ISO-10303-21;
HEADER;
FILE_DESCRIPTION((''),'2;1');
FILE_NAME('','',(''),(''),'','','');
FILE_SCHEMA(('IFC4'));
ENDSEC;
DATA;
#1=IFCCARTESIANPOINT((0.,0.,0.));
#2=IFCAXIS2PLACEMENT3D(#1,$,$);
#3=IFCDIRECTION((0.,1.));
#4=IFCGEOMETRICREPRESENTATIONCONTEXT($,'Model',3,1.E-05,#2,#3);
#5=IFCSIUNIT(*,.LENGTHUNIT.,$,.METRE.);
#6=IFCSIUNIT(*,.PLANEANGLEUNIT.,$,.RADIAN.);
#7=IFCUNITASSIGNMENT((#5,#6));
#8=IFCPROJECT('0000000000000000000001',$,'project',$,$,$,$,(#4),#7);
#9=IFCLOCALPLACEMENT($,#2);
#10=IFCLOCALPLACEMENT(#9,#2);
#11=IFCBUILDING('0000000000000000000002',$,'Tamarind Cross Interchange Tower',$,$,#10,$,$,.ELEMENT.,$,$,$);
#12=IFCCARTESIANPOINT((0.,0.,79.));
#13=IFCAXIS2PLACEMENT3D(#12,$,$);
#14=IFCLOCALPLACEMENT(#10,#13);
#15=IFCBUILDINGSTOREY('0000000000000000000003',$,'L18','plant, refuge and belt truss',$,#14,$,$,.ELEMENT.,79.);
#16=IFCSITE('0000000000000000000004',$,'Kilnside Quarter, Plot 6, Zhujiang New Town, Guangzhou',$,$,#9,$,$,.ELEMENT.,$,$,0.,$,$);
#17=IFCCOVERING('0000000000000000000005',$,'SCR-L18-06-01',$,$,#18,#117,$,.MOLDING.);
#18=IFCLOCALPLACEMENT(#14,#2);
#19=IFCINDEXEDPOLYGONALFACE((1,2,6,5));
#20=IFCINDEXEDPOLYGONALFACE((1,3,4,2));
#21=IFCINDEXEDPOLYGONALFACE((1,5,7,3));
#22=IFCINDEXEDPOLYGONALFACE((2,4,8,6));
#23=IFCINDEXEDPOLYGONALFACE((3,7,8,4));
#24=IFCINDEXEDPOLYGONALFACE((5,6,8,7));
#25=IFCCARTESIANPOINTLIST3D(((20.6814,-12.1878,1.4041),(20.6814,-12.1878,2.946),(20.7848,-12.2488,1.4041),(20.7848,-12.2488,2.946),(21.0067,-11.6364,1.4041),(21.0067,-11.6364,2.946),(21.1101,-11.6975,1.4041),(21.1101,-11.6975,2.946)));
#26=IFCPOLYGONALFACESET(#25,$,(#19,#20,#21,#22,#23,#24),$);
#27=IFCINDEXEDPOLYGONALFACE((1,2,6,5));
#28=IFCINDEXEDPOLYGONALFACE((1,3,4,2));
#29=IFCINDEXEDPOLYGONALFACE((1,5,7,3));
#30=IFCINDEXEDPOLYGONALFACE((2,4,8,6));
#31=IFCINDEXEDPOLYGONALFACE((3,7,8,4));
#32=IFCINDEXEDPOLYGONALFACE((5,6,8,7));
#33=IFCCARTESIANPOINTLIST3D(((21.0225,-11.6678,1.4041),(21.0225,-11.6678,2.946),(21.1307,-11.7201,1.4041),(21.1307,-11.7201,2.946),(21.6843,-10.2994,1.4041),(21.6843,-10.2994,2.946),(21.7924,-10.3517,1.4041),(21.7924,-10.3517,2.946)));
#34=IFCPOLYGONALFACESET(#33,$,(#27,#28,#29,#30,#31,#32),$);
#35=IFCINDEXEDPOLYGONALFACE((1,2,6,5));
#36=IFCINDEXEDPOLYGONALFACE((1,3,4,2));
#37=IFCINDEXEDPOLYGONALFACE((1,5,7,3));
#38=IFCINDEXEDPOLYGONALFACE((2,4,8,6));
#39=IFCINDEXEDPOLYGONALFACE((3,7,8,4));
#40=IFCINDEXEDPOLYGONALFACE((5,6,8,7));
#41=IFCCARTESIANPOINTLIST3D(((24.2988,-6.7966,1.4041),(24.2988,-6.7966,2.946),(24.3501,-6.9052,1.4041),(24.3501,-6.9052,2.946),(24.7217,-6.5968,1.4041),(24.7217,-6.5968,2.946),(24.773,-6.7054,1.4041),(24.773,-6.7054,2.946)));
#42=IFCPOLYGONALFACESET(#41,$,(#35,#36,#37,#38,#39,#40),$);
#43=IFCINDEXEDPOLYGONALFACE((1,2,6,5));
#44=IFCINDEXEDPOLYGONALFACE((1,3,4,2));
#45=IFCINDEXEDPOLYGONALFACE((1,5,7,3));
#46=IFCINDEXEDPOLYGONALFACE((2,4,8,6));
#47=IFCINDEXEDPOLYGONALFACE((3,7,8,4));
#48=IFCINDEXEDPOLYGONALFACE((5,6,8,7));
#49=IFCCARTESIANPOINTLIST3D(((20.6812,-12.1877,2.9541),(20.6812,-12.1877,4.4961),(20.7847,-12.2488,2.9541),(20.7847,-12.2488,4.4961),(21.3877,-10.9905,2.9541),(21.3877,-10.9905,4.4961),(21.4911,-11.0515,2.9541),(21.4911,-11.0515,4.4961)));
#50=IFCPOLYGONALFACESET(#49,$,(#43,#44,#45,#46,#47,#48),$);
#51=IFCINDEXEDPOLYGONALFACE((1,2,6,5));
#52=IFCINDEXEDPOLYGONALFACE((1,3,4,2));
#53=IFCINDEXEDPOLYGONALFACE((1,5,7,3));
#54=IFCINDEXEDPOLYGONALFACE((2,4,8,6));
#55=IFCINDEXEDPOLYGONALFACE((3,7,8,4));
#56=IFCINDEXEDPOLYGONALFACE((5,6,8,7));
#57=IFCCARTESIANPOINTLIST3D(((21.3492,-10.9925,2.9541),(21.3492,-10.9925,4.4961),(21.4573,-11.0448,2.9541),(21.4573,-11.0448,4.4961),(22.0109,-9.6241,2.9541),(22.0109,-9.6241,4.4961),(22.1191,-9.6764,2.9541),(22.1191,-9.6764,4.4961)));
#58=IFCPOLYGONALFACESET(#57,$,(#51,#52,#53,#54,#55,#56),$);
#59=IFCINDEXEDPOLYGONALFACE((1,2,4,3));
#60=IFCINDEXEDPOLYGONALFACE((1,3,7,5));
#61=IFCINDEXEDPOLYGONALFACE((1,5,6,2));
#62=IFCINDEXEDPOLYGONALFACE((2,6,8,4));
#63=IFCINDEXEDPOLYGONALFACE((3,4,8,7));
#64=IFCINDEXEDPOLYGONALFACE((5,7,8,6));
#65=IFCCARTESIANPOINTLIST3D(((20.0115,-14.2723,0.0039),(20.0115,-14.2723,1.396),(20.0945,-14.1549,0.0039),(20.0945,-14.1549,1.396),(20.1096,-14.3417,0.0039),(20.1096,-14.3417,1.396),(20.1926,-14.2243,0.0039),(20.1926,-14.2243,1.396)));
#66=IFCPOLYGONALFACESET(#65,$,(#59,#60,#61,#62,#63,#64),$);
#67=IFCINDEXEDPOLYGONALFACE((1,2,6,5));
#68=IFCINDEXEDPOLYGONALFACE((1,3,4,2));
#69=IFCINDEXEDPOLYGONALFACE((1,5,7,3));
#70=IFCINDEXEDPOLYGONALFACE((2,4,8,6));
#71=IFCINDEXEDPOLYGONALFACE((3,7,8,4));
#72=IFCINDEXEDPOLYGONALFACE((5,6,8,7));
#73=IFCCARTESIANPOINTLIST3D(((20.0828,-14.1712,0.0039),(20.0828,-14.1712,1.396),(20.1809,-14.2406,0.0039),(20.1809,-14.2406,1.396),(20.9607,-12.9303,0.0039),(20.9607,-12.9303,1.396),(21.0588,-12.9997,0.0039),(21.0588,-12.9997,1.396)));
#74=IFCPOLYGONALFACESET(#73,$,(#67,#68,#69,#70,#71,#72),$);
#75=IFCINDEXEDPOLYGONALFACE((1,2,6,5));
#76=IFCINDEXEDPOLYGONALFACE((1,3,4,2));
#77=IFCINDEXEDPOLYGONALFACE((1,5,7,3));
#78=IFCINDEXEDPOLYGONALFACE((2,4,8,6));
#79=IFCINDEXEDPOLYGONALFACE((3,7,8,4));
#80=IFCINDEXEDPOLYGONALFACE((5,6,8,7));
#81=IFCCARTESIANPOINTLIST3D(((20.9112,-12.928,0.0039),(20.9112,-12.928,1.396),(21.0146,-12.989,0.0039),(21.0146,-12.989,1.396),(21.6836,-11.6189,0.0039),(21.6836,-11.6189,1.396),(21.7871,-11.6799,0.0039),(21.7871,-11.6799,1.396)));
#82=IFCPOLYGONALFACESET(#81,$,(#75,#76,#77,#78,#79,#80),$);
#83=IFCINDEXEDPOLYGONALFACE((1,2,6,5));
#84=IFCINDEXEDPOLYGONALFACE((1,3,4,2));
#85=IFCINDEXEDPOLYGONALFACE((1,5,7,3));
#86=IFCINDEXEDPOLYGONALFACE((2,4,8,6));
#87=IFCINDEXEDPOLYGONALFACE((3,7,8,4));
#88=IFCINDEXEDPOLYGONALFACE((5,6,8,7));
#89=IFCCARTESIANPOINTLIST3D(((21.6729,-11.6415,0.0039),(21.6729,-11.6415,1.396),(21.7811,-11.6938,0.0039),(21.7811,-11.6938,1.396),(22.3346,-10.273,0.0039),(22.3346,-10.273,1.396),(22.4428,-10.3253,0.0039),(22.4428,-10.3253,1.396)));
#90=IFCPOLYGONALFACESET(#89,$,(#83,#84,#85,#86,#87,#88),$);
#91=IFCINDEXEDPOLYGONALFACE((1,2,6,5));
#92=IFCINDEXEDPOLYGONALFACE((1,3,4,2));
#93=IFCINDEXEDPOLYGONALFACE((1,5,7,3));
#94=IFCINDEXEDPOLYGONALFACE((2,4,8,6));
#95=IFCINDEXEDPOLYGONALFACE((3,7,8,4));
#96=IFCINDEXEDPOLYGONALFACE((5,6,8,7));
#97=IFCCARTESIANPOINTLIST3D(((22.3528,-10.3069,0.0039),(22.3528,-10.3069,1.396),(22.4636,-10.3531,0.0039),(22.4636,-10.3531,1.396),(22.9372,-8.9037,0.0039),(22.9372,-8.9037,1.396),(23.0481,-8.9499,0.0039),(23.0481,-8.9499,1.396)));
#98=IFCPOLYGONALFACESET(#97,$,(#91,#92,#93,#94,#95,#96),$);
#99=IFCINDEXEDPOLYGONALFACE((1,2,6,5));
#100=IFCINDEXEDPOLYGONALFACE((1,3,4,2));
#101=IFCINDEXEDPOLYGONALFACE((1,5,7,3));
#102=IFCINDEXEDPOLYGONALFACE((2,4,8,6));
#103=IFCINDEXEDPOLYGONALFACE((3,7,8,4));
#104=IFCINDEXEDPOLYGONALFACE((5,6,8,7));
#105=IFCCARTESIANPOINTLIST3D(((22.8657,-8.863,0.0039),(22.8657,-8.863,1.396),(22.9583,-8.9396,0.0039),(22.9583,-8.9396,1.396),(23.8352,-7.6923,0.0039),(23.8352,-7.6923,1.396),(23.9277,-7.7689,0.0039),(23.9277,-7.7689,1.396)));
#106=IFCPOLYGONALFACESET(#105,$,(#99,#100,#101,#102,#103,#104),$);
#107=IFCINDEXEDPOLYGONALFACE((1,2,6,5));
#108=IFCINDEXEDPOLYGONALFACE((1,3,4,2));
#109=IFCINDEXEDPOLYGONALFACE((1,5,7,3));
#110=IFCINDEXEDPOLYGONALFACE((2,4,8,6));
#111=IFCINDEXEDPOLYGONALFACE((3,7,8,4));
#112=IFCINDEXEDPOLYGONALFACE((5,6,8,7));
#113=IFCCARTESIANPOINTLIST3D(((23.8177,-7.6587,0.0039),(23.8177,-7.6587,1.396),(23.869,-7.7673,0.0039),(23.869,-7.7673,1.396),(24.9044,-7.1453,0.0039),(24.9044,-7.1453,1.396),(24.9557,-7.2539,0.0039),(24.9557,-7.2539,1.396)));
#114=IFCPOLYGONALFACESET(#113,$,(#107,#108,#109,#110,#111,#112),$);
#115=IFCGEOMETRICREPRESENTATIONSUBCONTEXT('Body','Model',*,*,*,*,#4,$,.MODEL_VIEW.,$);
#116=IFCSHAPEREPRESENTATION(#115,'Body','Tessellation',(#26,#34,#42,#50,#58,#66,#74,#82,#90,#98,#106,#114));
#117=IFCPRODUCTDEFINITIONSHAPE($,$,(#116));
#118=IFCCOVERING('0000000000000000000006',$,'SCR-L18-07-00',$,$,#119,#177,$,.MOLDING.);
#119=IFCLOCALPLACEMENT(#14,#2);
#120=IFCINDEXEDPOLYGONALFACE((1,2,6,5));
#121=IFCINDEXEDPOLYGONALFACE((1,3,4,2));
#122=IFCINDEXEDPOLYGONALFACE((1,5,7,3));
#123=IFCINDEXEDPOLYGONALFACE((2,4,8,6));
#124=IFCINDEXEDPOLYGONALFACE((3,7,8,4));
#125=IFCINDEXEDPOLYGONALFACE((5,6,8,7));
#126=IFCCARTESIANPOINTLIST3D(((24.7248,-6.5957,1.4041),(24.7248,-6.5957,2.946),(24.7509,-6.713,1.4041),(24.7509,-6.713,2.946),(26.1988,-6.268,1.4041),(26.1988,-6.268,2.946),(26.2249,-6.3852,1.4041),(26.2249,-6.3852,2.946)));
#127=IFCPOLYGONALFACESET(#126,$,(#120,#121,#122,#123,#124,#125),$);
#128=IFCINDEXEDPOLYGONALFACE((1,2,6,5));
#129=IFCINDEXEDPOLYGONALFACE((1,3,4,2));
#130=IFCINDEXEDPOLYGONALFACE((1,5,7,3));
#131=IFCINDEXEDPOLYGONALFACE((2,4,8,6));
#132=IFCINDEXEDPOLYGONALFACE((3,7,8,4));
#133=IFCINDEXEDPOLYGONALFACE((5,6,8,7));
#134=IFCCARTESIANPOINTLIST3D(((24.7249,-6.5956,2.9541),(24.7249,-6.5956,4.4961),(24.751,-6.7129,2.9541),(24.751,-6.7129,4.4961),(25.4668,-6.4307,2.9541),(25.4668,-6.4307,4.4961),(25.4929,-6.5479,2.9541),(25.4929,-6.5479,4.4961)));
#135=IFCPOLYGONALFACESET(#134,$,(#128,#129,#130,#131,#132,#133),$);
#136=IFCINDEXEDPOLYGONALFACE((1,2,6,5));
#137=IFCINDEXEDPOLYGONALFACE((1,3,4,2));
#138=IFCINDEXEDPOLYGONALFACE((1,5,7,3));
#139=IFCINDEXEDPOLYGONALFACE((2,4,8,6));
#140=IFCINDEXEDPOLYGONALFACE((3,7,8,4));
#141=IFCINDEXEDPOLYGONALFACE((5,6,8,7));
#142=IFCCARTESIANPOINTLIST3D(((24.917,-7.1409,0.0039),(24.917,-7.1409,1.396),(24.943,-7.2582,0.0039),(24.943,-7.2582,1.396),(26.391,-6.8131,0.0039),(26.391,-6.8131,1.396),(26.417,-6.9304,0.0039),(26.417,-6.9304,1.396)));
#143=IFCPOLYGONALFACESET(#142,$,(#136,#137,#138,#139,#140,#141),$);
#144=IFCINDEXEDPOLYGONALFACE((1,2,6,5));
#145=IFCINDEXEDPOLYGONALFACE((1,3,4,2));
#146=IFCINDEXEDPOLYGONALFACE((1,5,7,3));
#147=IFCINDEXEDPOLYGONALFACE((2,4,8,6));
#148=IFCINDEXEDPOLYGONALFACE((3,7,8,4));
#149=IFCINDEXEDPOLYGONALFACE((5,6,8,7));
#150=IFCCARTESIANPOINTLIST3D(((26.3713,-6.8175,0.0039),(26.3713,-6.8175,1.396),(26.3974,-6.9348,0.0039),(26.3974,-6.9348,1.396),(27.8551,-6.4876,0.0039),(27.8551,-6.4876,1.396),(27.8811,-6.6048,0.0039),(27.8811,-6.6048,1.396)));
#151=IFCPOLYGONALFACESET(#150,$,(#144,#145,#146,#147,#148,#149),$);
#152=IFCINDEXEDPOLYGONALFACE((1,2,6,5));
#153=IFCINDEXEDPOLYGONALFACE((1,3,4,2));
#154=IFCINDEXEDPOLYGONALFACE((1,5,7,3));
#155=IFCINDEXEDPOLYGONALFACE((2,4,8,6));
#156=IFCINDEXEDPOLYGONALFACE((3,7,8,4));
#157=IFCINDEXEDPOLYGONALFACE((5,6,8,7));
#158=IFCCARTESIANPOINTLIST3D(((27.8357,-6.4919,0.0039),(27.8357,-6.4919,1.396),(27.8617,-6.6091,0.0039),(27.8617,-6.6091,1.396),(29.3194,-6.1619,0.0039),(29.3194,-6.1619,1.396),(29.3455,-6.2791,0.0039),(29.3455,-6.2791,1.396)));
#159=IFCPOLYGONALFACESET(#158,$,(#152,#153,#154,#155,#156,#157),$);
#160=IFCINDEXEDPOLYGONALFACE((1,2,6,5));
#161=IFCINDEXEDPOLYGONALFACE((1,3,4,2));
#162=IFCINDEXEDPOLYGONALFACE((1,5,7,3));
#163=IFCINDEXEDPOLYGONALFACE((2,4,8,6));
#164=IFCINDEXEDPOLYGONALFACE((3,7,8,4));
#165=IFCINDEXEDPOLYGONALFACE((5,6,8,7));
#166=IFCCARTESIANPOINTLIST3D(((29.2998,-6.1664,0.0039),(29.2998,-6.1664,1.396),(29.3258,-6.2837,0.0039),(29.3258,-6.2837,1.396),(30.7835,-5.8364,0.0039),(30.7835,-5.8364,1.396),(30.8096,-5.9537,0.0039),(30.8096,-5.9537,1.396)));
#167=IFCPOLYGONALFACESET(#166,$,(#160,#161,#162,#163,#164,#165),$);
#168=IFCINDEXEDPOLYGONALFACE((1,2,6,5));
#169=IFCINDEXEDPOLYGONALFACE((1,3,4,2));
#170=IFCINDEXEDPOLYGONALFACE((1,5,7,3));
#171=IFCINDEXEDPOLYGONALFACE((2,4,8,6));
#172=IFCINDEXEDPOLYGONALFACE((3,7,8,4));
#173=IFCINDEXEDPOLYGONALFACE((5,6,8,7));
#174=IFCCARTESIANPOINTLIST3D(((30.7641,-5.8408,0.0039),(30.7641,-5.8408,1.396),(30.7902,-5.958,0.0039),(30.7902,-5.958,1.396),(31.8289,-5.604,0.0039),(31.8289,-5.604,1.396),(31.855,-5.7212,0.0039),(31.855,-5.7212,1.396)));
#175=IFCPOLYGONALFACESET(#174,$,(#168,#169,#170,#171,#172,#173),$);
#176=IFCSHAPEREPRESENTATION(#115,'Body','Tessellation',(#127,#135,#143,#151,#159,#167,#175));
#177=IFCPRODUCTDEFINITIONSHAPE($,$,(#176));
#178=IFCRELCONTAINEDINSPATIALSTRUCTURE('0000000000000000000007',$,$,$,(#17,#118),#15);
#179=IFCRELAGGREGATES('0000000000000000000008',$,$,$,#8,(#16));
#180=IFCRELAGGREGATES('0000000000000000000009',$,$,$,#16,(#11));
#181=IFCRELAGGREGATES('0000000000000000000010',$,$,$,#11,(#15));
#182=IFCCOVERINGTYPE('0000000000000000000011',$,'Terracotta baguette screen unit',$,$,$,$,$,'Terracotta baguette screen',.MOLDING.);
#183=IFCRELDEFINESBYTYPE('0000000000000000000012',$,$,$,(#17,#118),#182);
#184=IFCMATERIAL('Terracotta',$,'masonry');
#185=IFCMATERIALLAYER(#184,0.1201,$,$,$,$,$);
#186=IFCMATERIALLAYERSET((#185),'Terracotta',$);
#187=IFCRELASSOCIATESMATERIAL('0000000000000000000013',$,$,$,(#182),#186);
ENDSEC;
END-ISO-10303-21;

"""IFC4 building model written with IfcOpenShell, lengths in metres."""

from ifc_helpers import new_model, si_unit, direction, frame, origin, origin_2d, place, context, subcontext, project, spatial, rectangle, extrude, material, layer, layer_set, type_object, element, save


model = new_model("IFC4")

# Units and contexts
model_context = context("Model", 3, precision=1e-05, world=origin(), true_north=direction((0.0, 1.0)))
body_context = subcontext(model_context, "Body", "Model", "MODEL_VIEW")
ifc_project = project(units=[si_unit("LENGTHUNIT", "METRE"), si_unit("PLANEANGLEUNIT", "RADIAN")], contexts=[model_context])

# Site, building, storey
site_placement = place(None, origin())
site = spatial("IfcSite", under=ifc_project, at=site_placement, Name="Kilnside Quarter, Plot 6, Zhujiang New Town, Guangzhou", CompositionType="ELEMENT", RefElevation=0.0)
building_placement = place(site_placement, origin())
building = spatial("IfcBuilding", under=site, at=building_placement, Name="Tamarind Cross Interchange Tower", CompositionType="ELEMENT")
storey_placement = place(building_placement, frame((0.0, 0.0, 79.0)))
storey = spatial("IfcBuildingStorey", under=building, at=storey_placement, Name="L18", Description="plant, refuge and belt truss", CompositionType="ELEMENT", Elevation=79.0)

# Coverings
ifc_material_1 = material(Name="Terracotta", Category="masonry")
ifc_layer_1 = layer(ifc_material_1, 0.1201)
ifc_layer_set_1 = layer_set([ifc_layer_1], Name="Terracotta")
covering_type = type_object("IfcCoveringType", Name="Terracotta baguette screen unit", ElementType="Terracotta baguette screen", PredefinedType="MOLDING", material=ifc_layer_set_1)
covering_1_placement = place(storey_placement, origin())
element("IfcCovering", 1, at=covering_1_placement, inside=storey, type_object=covering_type, Name="SCR-L18-06-01", PredefinedType="MOLDING", context=body_context, shape_type="SweptSolid", body=[
    extrude(rectangle(XDim=0.6401, YDim=0.1201, at=origin_2d()), frame((20.8958, -11.9426, 1.4041), z_axis=(0.0, 0.0, 1.0), x_axis=(0.508183, 0.861249, 0.0)), (0.0, 0.0, 1.0), 1.542),
    extrude(rectangle(XDim=1.52, YDim=0.1201, at=origin_2d()), frame((21.4075, -11.0098, 1.4041), z_axis=(0.0, 0.0, 1.0), x_axis=(0.435326, 0.900273, 0.0)), (0.0, 0.0, 1.0), 1.542),
    extrude(rectangle(XDim=0.4678, YDim=0.1201, at=origin_2d()), frame((24.5359, -6.751, 1.4041), z_axis=(0.0, 0.0, 1.0), x_axis=(0.904149, 0.427217, 0.0)), (0.0, 0.0, 1.0), 1.542),
    extrude(rectangle(XDim=1.3901, YDim=0.1201, at=origin_2d()), frame((21.0862, -11.6196, 2.9541), z_axis=(0.0, 0.0, 1.0), x_axis=(0.508183, 0.861249, 0.0)), (0.0, 0.0, 1.0), 1.542),
    extrude(rectangle(XDim=1.52, YDim=0.1201, at=origin_2d()), frame((21.7341, -10.3345, 2.9541), z_axis=(0.0, 0.0, 1.0), x_axis=(0.435326, 0.900273, 0.0)), (0.0, 0.0, 1.0), 1.542),
    extrude(rectangle(XDim=0.1438, YDim=0.1201, at=origin_2d()), frame((20.1021, -14.2483, 0.0039), z_axis=(0.0, 0.0, 1.0), x_axis=(0.577569, 0.816342, 0.0)), (0.0, 0.0, 1.0), 1.3921),
    extrude(rectangle(XDim=1.52, YDim=0.1201, at=origin_2d()), frame((20.5708, -13.5854, 0.0039), z_axis=(0.0, 0.0, 1.0), x_axis=(0.577569, 0.816342, 0.0)), (0.0, 0.0, 1.0), 1.3921),
    extrude(rectangle(XDim=1.52, YDim=0.1201, at=origin_2d()), frame((21.3491, -12.304, 0.0039), z_axis=(0.0, 0.0, 1.0), x_axis=(0.508183, 0.861249, 0.0)), (0.0, 0.0, 1.0), 1.3921),
    extrude(rectangle(XDim=1.52, YDim=0.1201, at=origin_2d()), frame((22.0579, -10.9834, 0.0039), z_axis=(0.0, 0.0, 1.0), x_axis=(0.435326, 0.900273, 0.0)), (0.0, 0.0, 1.0), 1.3921),
    extrude(rectangle(XDim=1.52, YDim=0.1201, at=origin_2d()), frame((22.7004, -9.6284, 0.0039), z_axis=(0.0, 0.0, 1.0), x_axis=(0.384517, 0.923118, 0.0)), (0.0, 0.0, 1.0), 1.3921),
    extrude(rectangle(XDim=1.52, YDim=0.1201, at=origin_2d()), frame((23.3967, -8.3159, 0.0039), z_axis=(0.0, 0.0, 1.0), x_axis=(0.637801, 0.770201, 0.0)), (0.0, 0.0, 1.0), 1.3921),
    extrude(rectangle(XDim=1.2019, YDim=0.1201, at=origin_2d()), frame((24.3867, -7.4563, 0.0039), z_axis=(0.0, 0.0, 1.0), x_axis=(0.904149, 0.427217, 0.0)), (0.0, 0.0, 1.0), 1.3921),
])
covering_2_placement = place(storey_placement, origin())
element("IfcCovering", 2, at=covering_2_placement, inside=storey, type_object=covering_type, Name="SCR-L18-07-00", PredefinedType="MOLDING", context=body_context, shape_type="SweptSolid", body=[
    extrude(rectangle(XDim=1.51, YDim=0.1201, at=origin_2d()), frame((25.4749, -6.4905, 1.4041), z_axis=(0.0, 0.0, 1.0), x_axis=(0.976154, 0.21708, 0.0)), (0.0, 0.0, 1.0), 1.542),
    extrude(rectangle(XDim=0.76, YDim=0.1201, at=origin_2d()), frame((25.1089, -6.5718, 2.9541), z_axis=(0.0, 0.0, 1.0), x_axis=(0.976154, 0.21708, 0.0)), (0.0, 0.0, 1.0), 1.542),
    extrude(rectangle(XDim=1.51, YDim=0.1201, at=origin_2d()), frame((25.667, -7.0356, 0.0039), z_axis=(0.0, 0.0, 1.0), x_axis=(0.976154, 0.21708, 0.0)), (0.0, 0.0, 1.0), 1.3921),
    extrude(rectangle(XDim=1.52, YDim=0.1201, at=origin_2d()), frame((27.1262, -6.7112, 0.0039), z_axis=(0.0, 0.0, 1.0), x_axis=(0.976154, 0.21708, 0.0)), (0.0, 0.0, 1.0), 1.3921),
    extrude(rectangle(XDim=1.52, YDim=0.1201, at=origin_2d()), frame((28.5906, -6.3855, 0.0039), z_axis=(0.0, 0.0, 1.0), x_axis=(0.976154, 0.21708, 0.0)), (0.0, 0.0, 1.0), 1.3921),
    extrude(rectangle(XDim=1.52, YDim=0.1201, at=origin_2d()), frame((30.0547, -6.0601, 0.0039), z_axis=(0.0, 0.0, 1.0), x_axis=(0.976154, 0.21708, 0.0)), (0.0, 0.0, 1.0), 1.3921),
    extrude(rectangle(XDim=1.0908, YDim=0.1201, at=origin_2d()), frame((31.3096, -5.781, 0.0039), z_axis=(0.0, 0.0, 1.0), x_axis=(0.976154, 0.21708, 0.0)), (0.0, 0.0, 1.0), 1.3921),
])

save(model, "model.ifc")
